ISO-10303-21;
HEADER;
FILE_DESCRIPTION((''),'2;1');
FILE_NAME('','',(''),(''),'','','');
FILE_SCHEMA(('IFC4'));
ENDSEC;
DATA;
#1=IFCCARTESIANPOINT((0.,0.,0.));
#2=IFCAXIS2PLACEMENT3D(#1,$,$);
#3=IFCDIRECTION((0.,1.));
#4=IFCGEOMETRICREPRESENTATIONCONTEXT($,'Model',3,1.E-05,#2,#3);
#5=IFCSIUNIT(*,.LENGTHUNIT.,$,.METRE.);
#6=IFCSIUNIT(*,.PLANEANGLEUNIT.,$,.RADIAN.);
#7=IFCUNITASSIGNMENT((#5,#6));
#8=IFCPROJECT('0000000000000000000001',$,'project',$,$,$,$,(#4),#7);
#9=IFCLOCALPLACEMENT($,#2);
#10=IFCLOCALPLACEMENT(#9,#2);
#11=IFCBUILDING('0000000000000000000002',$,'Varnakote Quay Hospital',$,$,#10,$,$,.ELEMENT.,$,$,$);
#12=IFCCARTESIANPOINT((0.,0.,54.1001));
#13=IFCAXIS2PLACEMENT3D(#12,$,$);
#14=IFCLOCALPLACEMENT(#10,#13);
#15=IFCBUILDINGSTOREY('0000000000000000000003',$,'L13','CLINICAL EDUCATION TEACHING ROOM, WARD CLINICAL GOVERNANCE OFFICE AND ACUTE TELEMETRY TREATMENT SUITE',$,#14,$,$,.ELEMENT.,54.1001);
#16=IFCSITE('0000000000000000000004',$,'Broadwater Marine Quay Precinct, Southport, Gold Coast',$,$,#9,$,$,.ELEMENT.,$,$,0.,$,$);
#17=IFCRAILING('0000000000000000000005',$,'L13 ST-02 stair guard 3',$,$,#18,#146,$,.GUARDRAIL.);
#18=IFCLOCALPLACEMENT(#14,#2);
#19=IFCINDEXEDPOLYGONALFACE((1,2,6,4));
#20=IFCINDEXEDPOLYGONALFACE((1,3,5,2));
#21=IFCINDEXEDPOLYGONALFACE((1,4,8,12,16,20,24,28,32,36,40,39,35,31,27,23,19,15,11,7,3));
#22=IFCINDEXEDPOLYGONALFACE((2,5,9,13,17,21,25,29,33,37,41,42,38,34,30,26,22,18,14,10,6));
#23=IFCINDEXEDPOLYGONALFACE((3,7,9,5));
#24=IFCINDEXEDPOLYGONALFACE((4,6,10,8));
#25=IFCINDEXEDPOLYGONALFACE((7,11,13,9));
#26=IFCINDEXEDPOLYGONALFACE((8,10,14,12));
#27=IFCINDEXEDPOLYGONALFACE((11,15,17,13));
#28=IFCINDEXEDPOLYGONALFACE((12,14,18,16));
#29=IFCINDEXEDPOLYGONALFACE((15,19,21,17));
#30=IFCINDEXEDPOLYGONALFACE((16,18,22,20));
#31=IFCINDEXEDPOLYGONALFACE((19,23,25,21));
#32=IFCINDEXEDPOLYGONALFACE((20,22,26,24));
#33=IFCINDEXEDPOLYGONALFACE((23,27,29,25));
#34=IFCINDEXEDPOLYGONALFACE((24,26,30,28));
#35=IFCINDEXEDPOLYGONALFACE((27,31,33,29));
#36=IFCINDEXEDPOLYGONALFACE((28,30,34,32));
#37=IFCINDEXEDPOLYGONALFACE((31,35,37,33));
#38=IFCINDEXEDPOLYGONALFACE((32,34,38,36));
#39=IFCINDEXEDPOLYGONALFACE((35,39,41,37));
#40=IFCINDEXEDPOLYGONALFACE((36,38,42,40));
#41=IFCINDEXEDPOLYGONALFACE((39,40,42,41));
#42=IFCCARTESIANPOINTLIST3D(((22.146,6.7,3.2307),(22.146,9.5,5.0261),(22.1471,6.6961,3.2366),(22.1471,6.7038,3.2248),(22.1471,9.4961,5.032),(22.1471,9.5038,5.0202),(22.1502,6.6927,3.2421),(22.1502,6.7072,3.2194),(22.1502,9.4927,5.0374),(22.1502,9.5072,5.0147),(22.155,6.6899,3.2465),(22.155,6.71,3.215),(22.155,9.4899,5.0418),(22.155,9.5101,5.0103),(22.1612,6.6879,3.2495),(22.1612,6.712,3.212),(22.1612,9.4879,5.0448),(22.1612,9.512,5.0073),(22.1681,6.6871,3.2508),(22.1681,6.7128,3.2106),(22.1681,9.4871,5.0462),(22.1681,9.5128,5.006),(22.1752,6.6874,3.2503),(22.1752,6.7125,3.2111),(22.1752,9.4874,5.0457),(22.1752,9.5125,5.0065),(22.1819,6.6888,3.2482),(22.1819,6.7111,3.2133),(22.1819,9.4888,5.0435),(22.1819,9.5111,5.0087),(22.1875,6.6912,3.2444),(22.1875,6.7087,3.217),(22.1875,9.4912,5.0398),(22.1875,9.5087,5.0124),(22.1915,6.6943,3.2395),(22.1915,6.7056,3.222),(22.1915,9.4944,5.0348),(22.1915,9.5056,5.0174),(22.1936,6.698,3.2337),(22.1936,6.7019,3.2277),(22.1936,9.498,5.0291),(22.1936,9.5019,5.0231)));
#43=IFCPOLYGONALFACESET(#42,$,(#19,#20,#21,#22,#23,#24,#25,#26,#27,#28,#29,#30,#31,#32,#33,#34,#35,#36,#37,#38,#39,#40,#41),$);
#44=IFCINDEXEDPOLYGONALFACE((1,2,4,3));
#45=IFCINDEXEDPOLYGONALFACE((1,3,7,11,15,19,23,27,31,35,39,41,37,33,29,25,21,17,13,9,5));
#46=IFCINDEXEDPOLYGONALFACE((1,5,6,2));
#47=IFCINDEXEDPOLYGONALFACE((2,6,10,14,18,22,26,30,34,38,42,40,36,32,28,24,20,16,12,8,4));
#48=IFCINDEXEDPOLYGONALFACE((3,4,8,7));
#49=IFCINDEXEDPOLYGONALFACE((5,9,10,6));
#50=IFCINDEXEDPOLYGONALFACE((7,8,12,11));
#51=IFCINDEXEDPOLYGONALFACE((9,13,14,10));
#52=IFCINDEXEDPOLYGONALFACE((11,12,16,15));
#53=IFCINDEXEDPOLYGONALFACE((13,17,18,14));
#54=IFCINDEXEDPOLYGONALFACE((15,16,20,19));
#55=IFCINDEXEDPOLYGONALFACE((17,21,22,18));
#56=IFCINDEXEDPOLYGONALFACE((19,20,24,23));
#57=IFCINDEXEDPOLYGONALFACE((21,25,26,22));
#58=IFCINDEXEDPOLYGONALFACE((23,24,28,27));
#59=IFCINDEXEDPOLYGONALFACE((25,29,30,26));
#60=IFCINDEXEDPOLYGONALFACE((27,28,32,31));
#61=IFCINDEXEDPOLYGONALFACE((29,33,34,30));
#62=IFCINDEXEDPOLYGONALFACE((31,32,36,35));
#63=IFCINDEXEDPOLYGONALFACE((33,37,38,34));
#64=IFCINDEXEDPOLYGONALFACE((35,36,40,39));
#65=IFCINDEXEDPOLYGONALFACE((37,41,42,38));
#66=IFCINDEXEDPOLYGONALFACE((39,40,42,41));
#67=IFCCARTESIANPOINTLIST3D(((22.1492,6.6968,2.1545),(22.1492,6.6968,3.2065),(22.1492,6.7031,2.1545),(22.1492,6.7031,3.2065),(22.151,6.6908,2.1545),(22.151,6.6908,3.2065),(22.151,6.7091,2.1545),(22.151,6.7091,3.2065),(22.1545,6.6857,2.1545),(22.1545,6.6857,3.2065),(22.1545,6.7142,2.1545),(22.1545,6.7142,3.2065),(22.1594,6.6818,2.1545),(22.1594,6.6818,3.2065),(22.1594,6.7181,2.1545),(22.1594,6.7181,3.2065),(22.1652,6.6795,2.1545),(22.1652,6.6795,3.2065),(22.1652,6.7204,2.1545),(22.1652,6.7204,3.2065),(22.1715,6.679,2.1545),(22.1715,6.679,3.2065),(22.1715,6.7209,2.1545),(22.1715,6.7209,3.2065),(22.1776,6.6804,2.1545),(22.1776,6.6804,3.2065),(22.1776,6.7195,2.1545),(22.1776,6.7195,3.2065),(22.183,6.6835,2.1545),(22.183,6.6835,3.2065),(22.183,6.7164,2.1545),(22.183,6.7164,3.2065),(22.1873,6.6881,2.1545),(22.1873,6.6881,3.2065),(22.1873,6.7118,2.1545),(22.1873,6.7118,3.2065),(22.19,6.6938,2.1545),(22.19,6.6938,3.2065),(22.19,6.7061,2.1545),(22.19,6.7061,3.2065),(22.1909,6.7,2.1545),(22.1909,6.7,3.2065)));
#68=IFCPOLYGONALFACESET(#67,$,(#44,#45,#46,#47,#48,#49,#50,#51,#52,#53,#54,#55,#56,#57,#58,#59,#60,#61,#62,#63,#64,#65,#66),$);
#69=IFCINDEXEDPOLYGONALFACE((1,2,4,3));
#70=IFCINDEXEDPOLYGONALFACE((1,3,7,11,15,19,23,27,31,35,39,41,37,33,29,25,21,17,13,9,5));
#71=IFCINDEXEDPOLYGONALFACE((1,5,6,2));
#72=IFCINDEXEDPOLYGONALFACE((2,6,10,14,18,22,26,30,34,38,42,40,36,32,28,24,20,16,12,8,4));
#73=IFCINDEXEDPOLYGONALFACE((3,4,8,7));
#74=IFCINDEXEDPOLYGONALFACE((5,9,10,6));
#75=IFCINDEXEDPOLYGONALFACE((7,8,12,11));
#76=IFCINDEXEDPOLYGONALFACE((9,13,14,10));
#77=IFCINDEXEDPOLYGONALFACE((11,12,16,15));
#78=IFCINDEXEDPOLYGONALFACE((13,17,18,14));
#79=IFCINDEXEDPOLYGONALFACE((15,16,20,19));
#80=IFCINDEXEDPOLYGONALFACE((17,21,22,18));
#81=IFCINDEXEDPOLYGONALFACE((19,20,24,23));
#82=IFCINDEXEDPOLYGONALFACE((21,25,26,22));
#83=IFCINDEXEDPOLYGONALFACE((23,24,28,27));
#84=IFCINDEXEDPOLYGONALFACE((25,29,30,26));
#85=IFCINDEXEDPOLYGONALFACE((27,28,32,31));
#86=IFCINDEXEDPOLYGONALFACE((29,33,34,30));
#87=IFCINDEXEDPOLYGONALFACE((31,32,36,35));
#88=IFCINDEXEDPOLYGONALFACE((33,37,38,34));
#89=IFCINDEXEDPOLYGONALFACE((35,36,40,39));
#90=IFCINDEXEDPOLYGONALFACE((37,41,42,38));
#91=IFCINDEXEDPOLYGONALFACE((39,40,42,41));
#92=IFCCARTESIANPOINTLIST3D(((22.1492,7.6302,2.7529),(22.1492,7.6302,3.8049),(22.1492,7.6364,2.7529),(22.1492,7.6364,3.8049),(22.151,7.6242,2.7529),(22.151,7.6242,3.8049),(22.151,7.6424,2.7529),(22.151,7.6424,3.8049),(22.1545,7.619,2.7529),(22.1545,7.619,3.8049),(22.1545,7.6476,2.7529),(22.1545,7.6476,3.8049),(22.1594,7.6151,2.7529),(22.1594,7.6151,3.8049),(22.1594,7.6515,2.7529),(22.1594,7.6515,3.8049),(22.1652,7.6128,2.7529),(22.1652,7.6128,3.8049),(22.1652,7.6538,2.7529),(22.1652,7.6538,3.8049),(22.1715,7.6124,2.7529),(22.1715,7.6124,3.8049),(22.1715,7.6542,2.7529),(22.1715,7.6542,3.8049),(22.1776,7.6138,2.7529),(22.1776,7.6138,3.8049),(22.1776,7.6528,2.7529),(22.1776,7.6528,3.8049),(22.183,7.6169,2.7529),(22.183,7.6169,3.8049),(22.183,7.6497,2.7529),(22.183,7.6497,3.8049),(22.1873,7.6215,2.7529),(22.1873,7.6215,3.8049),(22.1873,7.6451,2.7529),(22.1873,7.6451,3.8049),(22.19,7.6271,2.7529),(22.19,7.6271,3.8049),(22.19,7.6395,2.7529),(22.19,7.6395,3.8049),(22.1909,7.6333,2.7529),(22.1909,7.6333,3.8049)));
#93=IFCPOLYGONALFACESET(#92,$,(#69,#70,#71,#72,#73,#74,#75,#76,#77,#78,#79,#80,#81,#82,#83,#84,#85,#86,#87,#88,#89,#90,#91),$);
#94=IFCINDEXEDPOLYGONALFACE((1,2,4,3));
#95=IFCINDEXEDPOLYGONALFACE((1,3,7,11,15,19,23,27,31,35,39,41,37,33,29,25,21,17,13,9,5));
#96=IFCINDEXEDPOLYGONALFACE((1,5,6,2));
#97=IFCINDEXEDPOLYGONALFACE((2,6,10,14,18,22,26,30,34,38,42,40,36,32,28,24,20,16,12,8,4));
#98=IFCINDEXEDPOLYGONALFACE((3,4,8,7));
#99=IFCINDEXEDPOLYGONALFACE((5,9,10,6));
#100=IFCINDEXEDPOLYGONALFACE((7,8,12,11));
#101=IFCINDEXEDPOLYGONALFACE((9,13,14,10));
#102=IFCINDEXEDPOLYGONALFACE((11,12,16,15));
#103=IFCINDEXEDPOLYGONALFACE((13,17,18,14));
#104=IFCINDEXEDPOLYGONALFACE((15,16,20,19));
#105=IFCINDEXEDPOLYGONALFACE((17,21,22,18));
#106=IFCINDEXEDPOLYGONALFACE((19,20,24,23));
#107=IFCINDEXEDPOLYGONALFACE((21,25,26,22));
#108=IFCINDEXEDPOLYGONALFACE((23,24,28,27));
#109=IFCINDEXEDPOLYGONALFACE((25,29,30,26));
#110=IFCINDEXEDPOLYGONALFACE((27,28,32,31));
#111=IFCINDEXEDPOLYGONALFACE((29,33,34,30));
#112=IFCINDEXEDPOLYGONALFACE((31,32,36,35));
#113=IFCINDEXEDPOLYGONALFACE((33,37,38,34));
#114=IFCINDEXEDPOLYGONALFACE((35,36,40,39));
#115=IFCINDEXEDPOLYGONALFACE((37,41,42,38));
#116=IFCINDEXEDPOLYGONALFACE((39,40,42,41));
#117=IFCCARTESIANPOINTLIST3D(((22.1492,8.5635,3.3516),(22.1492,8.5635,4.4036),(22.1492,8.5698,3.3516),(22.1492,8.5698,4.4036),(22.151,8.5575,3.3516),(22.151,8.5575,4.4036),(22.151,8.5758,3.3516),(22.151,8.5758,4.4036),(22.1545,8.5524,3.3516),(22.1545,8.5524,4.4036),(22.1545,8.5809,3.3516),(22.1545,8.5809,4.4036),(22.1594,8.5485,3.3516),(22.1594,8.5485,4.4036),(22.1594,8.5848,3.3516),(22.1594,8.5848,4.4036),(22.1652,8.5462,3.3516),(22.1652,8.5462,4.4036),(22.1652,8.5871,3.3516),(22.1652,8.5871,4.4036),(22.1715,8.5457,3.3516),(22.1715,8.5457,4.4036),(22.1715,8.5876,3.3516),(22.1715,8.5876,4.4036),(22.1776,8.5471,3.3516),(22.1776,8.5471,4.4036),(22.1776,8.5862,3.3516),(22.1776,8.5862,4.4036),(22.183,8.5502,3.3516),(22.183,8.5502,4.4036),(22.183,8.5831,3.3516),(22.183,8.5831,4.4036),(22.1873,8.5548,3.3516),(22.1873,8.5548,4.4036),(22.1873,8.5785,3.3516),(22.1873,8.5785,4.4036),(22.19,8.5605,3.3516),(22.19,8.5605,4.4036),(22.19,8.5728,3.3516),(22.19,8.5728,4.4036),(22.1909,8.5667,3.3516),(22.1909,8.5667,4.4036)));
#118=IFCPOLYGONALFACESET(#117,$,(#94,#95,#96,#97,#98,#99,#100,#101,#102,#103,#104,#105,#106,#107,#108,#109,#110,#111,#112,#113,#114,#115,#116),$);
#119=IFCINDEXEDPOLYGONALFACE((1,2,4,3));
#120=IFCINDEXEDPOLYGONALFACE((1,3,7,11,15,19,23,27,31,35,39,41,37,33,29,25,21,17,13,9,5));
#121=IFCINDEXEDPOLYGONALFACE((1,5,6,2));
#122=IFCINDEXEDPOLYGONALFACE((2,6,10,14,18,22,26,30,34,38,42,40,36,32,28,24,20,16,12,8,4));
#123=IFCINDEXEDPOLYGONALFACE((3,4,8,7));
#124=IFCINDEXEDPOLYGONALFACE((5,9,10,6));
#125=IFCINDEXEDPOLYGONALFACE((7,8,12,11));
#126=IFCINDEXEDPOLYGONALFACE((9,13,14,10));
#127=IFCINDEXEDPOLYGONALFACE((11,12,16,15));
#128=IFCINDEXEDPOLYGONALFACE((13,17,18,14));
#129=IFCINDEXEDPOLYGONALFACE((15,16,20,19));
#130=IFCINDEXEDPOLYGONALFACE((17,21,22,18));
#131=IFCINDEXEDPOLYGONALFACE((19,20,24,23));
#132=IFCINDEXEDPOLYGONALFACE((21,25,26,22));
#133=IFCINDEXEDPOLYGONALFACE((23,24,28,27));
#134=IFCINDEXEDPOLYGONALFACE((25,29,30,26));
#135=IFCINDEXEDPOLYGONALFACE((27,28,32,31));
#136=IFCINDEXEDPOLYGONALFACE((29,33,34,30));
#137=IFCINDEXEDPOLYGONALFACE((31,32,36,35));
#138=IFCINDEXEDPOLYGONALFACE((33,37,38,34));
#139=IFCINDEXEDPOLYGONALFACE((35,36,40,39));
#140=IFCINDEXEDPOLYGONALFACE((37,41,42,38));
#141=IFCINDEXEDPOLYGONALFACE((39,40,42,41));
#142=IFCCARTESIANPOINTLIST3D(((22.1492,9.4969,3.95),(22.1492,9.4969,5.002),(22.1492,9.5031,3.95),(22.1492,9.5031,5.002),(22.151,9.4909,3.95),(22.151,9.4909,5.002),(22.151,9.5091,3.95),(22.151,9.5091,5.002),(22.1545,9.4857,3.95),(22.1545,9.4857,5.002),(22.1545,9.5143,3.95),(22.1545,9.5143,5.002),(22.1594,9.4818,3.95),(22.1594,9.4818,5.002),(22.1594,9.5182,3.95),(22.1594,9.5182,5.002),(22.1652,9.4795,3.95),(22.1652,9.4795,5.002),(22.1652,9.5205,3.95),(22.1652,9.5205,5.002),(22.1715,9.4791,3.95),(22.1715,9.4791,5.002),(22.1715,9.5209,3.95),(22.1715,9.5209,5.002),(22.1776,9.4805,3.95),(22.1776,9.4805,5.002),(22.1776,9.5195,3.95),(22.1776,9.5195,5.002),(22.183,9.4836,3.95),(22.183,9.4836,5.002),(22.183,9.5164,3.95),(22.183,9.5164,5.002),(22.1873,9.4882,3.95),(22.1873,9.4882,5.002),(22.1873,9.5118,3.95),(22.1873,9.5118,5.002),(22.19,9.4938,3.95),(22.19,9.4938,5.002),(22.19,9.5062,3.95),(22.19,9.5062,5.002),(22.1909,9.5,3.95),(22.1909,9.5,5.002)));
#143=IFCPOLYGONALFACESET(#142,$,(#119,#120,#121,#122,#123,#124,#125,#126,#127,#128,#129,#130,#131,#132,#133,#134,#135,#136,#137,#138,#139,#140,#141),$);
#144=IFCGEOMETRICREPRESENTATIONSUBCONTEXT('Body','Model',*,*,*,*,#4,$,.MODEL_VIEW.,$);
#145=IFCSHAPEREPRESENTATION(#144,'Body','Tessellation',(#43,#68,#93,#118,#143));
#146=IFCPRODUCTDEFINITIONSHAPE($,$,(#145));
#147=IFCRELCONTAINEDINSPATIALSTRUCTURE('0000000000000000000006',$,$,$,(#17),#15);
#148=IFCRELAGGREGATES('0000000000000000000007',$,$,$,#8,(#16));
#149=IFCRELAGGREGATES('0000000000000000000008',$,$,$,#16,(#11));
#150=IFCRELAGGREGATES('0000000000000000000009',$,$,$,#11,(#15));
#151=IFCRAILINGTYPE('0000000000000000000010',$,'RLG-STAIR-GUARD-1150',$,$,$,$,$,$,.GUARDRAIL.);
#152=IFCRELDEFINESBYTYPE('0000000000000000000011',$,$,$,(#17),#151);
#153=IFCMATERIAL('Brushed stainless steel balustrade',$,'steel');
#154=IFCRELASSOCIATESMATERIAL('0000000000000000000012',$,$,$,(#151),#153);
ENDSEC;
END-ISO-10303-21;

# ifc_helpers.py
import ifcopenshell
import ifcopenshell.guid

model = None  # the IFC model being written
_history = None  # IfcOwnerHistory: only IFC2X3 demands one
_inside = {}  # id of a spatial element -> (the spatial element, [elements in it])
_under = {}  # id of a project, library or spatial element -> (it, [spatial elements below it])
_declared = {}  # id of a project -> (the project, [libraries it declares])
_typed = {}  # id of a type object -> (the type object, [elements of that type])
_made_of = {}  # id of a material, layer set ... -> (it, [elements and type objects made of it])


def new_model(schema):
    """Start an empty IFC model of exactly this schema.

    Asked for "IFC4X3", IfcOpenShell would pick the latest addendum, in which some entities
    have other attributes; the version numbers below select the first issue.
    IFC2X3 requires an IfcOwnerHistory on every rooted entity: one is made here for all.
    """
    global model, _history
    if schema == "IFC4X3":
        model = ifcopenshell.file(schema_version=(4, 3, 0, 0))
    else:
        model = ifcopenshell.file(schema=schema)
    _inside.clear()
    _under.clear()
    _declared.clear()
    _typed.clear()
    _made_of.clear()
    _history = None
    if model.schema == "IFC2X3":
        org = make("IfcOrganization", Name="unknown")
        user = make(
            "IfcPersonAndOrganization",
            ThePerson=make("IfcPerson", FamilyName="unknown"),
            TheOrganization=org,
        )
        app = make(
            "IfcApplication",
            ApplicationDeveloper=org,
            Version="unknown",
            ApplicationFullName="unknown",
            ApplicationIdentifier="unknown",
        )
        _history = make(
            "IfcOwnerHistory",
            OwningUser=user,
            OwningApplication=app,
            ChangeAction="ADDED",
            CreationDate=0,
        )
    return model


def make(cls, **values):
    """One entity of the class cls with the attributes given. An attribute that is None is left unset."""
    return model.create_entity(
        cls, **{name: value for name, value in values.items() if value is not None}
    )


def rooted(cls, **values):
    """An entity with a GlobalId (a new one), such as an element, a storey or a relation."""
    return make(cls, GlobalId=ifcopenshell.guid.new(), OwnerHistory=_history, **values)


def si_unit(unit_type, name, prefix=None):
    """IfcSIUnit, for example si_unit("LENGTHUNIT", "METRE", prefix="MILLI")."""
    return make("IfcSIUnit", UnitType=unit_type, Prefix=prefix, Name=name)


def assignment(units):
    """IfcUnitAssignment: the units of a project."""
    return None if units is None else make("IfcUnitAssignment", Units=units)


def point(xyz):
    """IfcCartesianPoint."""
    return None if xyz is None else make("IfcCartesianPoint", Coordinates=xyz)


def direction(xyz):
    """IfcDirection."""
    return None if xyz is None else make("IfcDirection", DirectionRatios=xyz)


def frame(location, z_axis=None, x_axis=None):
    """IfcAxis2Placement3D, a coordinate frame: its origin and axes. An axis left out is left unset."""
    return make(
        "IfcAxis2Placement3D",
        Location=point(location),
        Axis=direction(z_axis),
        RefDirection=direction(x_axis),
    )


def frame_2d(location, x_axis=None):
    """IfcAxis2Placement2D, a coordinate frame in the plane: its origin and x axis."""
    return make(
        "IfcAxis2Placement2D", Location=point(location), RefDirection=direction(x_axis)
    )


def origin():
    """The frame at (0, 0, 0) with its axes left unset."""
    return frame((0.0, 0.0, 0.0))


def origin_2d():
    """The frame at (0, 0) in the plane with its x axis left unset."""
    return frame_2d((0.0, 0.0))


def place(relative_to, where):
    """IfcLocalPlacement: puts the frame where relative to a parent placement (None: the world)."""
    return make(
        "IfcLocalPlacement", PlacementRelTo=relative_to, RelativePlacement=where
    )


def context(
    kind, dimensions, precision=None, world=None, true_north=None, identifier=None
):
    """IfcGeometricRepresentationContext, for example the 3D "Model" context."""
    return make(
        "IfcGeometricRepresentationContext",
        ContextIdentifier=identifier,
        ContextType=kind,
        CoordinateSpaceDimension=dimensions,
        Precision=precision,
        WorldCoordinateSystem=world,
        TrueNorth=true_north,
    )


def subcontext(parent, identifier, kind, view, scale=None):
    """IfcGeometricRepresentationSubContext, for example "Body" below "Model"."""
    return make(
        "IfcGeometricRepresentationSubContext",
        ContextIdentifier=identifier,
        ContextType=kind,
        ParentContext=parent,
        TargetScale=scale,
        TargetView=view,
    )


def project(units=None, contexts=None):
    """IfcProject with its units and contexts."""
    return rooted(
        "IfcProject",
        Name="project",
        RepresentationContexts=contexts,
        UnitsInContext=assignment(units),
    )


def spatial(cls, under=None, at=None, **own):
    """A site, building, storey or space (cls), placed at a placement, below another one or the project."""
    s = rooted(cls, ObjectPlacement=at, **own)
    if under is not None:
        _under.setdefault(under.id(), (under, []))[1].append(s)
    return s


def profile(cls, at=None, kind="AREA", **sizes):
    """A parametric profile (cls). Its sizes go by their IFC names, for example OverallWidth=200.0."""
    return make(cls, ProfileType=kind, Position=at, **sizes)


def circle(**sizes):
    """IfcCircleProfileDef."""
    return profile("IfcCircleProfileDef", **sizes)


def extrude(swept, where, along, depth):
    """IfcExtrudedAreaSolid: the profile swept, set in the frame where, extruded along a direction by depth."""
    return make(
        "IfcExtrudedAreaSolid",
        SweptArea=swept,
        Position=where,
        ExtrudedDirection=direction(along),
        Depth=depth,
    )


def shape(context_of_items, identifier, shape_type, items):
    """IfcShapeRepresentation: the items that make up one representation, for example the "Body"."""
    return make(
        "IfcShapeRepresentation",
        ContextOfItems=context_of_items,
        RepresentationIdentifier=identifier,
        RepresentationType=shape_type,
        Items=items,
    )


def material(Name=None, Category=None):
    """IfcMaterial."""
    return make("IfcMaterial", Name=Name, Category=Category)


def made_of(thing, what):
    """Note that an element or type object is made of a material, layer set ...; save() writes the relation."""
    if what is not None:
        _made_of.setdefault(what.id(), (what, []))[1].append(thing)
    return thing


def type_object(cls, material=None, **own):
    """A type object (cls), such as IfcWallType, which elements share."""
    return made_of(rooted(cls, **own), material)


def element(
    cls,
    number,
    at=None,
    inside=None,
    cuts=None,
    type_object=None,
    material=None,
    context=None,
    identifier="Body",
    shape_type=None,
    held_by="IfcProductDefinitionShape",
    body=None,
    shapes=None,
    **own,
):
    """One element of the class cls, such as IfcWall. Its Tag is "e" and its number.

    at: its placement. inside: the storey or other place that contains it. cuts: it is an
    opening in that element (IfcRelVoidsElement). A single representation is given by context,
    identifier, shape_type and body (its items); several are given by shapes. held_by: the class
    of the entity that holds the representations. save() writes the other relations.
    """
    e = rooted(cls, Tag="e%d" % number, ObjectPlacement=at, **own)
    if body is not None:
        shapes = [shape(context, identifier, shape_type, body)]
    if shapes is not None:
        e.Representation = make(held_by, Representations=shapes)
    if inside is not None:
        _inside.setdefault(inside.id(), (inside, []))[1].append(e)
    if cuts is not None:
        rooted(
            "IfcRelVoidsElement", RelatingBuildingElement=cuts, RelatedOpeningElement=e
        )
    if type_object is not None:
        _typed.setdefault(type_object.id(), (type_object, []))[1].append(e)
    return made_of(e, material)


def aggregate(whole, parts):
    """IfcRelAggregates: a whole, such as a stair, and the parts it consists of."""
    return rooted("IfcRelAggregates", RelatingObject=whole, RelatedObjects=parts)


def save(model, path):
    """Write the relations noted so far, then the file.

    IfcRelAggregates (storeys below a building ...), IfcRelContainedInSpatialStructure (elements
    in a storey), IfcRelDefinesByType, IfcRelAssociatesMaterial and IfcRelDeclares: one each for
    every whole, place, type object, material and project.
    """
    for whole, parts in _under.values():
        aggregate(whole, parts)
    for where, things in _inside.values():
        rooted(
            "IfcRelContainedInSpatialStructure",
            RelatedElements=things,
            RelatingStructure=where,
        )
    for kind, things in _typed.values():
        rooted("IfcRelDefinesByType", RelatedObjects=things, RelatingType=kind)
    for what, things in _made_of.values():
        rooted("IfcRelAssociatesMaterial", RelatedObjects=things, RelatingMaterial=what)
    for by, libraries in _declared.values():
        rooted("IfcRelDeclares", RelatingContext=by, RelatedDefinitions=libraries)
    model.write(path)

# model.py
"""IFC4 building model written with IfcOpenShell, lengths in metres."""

from ifc_helpers import new_model, si_unit, direction, frame, origin, origin_2d, place, context, subcontext, project, spatial, circle, extrude, material, type_object, element, save


model = new_model("IFC4")

# Units and contexts
model_context = context("Model", 3, precision=1e-05, world=origin(), true_north=direction((0.0, 1.0)))
body_context = subcontext(model_context, "Body", "Model", "MODEL_VIEW")
ifc_project = project(units=[si_unit("LENGTHUNIT", "METRE"), si_unit("PLANEANGLEUNIT", "RADIAN")], contexts=[model_context])

# Site, building, storey
site_placement = place(None, origin())
site = spatial("IfcSite", under=ifc_project, at=site_placement, Name="Broadwater Marine Quay Precinct, Southport, Gold Coast", CompositionType="ELEMENT", RefElevation=0.0)
building_placement = place(site_placement, origin())
building = spatial("IfcBuilding", under=site, at=building_placement, Name="Varnakote Quay Hospital", CompositionType="ELEMENT")
storey_placement = place(building_placement, frame((0.0, 0.0, 54.1001)))
storey = spatial("IfcBuildingStorey", under=building, at=storey_placement, Name="L13", Description="CLINICAL EDUCATION TEACHING ROOM, WARD CLINICAL GOVERNANCE OFFICE AND ACUTE TELEMETRY TREATMENT SUITE", CompositionType="ELEMENT", Elevation=54.1001)

# Railing
ifc_material_1 = material(Name="Brushed stainless steel balustrade", Category="steel")
railing_type_1 = type_object("IfcRailingType", Name="RLG-STAIR-GUARD-1150", PredefinedType="GUARDRAIL", material=ifc_material_1)
railing_1_placement = place(storey_placement, frame((22.1699, 6.7, 2.1545)))
element("IfcRailing", 1, at=railing_1_placement, inside=storey, type_object=railing_type_1, Name="L13 ST-02 stair guard 3", PredefinedType="GUARDRAIL", context=body_context, shape_type="SweptSolid", body=[
    extrude(circle(Radius=0.0239, at=origin_2d()), frame((0.0, 0.0, 1.0762), z_axis=(0.0, 0.84181, 0.539774), x_axis=(-1.0, 0.0, 0.0)), (0.0, 0.0, 1.0), 3.3262),
    extrude(circle(Radius=0.021, at=origin_2d()), origin(), (0.0, 0.0, 1.0), 1.052),
    extrude(circle(Radius=0.021, at=origin_2d()), frame((0.0, 0.9333, 0.5984)), (0.0, 0.0, 1.0), 1.052),
    extrude(circle(Radius=0.021, at=origin_2d()), frame((0.0, 1.8667, 1.197)), (0.0, 0.0, 1.0), 1.052),
    extrude(circle(Radius=0.021, at=origin_2d()), frame((0.0, 2.8, 1.7954)), (0.0, 0.0, 1.0), 1.052),
])

save(model, "model.ifc")
